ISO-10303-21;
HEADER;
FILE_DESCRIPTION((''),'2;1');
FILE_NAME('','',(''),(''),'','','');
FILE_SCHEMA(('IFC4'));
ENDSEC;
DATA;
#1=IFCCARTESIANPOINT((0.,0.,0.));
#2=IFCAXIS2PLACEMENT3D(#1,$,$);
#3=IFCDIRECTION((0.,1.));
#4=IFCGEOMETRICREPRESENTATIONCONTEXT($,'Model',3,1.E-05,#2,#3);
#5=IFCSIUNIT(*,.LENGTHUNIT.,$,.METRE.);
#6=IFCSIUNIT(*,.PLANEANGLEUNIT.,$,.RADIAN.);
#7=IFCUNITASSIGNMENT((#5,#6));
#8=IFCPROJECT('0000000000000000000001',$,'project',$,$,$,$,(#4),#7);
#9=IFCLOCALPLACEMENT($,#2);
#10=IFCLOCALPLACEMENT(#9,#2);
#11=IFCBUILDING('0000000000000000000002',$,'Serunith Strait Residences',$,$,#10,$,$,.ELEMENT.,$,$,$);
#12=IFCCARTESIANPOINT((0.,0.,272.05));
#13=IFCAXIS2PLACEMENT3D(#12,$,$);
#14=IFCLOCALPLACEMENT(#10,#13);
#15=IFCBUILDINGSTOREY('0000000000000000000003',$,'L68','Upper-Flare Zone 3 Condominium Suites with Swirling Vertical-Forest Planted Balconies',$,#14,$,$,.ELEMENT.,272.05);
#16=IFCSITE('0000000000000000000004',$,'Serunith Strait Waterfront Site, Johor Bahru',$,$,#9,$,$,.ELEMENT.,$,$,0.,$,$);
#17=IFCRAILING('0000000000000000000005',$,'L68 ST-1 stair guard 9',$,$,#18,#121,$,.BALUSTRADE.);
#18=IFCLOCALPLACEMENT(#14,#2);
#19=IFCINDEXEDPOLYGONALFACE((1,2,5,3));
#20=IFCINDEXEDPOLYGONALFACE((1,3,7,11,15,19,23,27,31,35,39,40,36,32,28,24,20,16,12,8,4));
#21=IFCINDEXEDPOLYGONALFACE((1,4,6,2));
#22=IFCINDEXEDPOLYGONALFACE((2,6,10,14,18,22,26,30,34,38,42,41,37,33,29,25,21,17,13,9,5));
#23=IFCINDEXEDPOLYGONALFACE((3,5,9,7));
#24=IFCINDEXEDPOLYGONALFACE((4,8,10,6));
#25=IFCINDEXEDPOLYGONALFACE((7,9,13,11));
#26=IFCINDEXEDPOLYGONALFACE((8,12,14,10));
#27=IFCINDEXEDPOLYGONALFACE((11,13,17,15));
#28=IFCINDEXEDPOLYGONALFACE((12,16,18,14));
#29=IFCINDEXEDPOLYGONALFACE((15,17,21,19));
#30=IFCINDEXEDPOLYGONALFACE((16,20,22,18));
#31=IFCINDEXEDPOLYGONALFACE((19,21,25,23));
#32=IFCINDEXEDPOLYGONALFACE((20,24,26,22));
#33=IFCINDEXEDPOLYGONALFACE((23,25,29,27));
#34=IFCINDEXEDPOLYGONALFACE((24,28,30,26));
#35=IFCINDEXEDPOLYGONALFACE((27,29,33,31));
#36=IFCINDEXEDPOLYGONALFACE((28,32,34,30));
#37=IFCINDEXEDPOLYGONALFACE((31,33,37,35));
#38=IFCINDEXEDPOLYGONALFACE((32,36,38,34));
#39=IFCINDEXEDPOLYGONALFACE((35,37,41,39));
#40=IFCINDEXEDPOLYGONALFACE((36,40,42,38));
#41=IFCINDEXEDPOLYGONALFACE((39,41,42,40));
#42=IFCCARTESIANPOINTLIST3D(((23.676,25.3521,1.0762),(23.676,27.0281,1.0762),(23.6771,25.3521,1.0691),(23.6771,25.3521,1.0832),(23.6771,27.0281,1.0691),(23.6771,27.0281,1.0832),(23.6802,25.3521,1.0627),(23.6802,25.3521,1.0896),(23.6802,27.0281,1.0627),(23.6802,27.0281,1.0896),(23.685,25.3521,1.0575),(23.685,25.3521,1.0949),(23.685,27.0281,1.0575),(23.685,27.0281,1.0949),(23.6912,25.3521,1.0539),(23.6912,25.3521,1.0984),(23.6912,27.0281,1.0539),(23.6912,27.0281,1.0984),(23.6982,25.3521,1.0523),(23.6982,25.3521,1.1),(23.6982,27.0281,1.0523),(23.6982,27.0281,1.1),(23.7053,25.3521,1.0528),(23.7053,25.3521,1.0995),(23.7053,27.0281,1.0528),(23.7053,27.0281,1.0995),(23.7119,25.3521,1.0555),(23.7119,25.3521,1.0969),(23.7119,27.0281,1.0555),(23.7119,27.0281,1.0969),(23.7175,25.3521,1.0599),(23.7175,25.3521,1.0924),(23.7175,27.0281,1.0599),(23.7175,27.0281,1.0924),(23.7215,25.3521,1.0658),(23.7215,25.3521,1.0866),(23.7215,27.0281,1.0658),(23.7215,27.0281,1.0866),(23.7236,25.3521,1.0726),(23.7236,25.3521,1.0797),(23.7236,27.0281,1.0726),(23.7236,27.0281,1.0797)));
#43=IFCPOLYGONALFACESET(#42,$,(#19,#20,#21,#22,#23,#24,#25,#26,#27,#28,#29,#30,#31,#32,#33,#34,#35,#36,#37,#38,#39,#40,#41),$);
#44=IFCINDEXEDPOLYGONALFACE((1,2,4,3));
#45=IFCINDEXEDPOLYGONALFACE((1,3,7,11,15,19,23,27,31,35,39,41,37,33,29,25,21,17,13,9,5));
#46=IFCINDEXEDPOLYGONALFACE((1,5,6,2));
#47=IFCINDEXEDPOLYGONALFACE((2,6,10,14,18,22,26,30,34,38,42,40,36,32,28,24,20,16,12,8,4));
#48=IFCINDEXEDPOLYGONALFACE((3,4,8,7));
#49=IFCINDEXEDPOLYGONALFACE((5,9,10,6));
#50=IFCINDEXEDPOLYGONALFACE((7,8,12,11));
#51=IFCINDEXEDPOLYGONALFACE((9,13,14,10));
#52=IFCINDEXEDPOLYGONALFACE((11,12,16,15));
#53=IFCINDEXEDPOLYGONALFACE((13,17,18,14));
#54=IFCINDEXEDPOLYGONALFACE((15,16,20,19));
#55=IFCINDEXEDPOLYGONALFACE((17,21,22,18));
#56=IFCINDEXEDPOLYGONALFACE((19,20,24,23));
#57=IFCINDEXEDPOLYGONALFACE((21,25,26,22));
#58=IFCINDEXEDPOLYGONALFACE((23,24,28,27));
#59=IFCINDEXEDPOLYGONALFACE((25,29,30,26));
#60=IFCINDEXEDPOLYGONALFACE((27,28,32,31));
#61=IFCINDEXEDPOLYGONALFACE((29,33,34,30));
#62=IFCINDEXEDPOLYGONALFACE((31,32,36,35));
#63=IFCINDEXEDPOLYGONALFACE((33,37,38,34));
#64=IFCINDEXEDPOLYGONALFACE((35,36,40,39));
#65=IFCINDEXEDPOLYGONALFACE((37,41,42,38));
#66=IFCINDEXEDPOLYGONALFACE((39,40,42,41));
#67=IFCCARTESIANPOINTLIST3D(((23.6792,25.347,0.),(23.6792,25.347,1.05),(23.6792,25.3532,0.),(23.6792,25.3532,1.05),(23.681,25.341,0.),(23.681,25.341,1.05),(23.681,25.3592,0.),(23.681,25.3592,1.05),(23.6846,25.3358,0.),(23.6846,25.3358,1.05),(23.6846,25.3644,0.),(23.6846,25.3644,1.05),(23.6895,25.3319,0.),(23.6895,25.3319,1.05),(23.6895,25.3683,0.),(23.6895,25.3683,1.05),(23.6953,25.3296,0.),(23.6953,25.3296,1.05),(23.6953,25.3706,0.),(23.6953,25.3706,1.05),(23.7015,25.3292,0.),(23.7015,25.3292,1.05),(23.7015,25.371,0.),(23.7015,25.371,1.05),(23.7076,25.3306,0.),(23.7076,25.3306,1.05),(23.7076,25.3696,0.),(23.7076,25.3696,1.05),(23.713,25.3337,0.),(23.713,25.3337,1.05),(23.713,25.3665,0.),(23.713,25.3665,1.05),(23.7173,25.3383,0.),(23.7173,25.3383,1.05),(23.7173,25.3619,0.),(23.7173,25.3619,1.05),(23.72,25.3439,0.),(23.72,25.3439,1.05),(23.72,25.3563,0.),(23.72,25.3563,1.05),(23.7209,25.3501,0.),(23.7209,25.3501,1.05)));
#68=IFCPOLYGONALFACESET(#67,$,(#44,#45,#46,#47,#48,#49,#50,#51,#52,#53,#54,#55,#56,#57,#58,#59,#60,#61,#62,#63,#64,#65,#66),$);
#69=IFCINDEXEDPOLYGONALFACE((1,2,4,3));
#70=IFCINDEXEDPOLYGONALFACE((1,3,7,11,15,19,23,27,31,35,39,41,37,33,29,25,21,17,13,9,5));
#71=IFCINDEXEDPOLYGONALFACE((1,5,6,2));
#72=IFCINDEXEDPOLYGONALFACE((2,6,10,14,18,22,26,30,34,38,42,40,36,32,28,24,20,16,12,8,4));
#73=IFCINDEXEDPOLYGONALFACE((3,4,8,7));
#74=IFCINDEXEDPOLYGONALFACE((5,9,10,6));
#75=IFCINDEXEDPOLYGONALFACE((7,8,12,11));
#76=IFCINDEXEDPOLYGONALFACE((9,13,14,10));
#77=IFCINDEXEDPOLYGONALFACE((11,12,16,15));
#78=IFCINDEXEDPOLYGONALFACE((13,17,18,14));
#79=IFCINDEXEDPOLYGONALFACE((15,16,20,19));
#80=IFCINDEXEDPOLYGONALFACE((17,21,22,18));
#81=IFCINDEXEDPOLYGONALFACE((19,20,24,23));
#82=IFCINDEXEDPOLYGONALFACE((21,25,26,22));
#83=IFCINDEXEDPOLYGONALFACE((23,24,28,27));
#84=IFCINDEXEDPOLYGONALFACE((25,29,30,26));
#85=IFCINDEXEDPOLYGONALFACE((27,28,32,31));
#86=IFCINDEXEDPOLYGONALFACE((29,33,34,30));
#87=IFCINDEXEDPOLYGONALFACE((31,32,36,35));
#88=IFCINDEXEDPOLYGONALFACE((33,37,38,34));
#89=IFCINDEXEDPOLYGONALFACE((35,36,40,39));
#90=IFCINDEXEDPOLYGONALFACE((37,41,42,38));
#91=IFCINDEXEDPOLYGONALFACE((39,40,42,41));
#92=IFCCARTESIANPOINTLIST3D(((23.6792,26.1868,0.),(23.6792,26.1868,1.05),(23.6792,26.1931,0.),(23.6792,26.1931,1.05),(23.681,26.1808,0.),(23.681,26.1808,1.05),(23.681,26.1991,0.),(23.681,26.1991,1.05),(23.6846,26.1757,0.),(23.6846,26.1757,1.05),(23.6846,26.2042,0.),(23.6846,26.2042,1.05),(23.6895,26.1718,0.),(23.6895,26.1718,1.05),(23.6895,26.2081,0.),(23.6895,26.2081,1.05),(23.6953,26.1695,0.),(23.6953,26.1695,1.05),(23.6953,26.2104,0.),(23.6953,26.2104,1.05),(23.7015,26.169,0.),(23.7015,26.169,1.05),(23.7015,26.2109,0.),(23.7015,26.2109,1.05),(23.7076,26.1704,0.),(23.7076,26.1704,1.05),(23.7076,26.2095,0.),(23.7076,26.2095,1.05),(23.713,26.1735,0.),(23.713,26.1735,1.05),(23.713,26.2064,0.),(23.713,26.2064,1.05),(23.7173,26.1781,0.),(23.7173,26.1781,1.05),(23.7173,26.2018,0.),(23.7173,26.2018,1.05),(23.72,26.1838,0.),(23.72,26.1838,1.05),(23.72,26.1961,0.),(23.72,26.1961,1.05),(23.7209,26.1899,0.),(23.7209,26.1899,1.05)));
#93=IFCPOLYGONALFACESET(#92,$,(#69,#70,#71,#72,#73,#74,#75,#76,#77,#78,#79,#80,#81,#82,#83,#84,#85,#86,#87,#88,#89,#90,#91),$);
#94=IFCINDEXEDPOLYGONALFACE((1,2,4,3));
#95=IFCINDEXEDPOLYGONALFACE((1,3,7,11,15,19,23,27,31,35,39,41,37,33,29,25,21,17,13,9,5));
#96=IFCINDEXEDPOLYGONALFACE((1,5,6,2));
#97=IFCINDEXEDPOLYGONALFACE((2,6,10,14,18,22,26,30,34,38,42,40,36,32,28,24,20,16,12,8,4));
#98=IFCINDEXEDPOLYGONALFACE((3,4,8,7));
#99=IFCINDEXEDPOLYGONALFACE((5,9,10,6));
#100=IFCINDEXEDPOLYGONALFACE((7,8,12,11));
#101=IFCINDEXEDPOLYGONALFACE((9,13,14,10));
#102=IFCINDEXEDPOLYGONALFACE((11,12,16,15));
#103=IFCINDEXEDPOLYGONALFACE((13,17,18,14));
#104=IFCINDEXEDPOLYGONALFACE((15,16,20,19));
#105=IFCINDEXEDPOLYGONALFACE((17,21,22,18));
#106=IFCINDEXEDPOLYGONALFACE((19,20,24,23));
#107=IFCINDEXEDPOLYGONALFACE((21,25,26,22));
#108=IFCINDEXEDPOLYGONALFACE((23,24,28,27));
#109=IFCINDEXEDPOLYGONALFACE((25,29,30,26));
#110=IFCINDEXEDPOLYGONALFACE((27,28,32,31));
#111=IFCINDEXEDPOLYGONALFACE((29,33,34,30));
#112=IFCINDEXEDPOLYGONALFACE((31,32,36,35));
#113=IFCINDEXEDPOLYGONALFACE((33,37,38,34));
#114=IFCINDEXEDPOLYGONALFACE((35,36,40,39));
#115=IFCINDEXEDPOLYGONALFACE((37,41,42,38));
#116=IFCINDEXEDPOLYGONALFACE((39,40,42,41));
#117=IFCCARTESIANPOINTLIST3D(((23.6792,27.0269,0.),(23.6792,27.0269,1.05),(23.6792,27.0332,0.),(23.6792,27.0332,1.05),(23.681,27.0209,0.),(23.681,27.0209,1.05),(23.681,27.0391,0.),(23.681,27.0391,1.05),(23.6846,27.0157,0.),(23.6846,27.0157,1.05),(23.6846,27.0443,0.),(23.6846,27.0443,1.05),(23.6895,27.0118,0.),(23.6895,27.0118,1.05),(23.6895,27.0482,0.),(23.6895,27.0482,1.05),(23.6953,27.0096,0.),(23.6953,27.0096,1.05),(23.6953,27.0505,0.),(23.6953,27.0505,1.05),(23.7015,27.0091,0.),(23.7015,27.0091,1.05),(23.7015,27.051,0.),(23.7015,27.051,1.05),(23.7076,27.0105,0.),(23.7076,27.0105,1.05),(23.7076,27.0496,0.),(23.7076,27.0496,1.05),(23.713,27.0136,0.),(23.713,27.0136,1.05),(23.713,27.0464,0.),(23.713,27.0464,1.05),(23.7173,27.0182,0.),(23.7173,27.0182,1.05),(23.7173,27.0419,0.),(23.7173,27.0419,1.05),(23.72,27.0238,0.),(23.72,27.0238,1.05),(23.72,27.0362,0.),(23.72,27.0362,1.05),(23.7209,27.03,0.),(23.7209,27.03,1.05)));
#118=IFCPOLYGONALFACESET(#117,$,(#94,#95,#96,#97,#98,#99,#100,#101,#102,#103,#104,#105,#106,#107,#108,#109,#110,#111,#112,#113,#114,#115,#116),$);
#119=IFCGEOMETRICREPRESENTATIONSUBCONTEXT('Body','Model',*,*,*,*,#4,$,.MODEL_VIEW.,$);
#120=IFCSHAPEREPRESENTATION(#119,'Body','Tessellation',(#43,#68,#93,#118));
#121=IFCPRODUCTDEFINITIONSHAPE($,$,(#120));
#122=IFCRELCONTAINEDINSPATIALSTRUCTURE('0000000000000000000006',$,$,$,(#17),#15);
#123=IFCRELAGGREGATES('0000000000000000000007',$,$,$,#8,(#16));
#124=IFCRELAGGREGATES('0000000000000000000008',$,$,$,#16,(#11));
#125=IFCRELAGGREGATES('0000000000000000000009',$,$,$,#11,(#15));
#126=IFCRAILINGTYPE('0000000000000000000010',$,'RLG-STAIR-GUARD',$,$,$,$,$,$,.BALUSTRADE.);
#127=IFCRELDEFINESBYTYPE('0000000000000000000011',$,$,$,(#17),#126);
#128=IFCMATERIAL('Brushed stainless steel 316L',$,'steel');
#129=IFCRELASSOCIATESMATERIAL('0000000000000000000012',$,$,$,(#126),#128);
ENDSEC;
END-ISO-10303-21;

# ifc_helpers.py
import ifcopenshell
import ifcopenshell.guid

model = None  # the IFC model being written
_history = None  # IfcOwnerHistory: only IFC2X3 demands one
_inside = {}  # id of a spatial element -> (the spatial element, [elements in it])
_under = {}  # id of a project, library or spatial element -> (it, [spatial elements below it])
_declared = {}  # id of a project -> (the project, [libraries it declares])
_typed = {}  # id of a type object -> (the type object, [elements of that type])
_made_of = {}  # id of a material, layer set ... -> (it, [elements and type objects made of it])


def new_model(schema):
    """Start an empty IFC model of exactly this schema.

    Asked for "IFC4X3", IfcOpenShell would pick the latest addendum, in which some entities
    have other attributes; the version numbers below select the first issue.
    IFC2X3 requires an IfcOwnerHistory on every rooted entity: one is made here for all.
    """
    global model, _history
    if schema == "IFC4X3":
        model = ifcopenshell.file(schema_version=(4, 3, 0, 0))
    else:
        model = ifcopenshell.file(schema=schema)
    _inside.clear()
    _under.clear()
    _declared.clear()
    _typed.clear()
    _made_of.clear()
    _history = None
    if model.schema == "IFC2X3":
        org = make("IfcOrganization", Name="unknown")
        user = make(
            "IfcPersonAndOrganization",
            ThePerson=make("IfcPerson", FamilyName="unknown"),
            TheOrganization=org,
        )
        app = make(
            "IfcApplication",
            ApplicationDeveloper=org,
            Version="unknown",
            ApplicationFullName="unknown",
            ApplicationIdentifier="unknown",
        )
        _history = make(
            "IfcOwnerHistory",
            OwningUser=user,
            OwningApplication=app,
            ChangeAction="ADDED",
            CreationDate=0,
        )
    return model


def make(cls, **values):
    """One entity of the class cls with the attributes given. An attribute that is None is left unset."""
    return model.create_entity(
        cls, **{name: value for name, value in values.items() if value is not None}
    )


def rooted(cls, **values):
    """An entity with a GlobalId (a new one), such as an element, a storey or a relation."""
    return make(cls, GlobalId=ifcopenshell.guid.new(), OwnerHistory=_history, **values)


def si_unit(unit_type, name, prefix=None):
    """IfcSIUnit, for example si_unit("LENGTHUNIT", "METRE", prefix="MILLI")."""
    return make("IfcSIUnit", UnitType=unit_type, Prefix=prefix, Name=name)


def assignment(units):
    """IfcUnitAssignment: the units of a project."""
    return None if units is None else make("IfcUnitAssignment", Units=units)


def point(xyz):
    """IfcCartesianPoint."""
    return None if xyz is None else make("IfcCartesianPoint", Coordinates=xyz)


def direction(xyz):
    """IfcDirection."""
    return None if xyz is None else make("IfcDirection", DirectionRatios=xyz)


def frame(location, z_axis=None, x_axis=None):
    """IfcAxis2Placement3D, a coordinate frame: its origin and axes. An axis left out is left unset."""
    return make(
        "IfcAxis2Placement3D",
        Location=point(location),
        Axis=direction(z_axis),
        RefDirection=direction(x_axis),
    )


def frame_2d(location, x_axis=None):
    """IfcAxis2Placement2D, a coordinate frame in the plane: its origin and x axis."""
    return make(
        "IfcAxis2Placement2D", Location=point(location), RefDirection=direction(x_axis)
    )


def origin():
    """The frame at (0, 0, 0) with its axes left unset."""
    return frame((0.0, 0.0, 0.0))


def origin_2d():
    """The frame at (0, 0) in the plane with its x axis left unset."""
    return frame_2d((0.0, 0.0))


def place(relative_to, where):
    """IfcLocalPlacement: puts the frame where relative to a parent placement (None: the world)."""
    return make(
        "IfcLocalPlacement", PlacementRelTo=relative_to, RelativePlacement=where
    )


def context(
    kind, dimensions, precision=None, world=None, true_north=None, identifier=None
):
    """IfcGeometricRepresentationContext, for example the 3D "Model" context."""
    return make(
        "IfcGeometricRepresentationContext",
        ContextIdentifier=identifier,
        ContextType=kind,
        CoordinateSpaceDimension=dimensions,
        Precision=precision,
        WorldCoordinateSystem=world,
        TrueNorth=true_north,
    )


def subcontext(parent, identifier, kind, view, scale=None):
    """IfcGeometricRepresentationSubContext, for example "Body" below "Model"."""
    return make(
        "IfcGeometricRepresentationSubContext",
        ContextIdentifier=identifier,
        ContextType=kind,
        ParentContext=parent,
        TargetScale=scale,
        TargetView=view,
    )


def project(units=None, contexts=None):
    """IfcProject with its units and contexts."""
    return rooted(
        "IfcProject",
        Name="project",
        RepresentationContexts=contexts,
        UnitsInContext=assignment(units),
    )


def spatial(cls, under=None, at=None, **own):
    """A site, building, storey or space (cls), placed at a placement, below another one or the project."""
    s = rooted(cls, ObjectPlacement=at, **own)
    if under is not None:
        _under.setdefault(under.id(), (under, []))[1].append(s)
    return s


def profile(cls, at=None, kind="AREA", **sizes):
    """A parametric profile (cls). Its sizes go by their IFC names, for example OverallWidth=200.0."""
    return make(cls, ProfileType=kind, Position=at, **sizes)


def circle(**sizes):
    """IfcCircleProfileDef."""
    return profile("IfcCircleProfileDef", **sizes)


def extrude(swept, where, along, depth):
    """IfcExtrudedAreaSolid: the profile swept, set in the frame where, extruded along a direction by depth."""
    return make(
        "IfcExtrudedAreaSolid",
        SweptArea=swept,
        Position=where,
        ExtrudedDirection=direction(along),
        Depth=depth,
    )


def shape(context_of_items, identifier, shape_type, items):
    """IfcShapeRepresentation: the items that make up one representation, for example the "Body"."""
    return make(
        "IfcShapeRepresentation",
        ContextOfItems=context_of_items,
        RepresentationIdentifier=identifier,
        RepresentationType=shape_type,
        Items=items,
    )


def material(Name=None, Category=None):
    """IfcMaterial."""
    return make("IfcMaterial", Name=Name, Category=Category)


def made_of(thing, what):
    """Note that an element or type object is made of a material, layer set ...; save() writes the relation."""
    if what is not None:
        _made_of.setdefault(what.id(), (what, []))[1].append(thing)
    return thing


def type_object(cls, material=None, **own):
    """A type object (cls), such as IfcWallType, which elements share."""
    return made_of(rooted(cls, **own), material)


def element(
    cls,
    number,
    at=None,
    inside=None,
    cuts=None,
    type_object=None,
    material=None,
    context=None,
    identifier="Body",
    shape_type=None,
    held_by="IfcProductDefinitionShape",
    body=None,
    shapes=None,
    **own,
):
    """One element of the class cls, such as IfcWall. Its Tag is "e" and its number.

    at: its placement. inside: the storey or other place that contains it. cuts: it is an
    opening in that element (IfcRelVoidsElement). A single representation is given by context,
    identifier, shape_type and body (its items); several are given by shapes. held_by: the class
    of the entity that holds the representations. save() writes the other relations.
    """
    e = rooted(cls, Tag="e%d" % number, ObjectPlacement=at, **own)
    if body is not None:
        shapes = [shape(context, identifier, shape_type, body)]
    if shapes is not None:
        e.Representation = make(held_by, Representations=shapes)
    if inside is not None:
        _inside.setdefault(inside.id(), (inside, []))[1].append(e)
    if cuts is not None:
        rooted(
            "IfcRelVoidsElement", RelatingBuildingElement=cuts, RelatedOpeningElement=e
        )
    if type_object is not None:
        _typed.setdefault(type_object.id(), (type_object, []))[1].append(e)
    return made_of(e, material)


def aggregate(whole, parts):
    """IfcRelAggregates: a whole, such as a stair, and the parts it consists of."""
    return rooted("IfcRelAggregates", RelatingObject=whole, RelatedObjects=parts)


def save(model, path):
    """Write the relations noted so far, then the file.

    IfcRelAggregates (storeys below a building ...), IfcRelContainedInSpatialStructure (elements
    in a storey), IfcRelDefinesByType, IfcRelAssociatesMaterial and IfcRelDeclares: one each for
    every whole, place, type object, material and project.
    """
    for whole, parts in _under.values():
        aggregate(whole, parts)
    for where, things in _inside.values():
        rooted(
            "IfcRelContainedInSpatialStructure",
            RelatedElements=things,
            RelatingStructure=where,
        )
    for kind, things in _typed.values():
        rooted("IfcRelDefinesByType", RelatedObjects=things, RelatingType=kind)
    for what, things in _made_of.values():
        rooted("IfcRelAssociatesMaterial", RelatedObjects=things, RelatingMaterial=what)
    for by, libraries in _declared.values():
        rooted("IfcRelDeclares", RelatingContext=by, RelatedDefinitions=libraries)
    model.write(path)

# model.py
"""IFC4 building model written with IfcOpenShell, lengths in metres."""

from ifc_helpers import new_model, si_unit, direction, frame, origin, origin_2d, place, context, subcontext, project, spatial, circle, extrude, material, type_object, element, save


model = new_model("IFC4")

# Units and contexts
model_context = context("Model", 3, precision=1e-05, world=origin(), true_north=direction((0.0, 1.0)))
body_context = subcontext(model_context, "Body", "Model", "MODEL_VIEW")
ifc_project = project(units=[si_unit("LENGTHUNIT", "METRE"), si_unit("PLANEANGLEUNIT", "RADIAN")], contexts=[model_context])

# Site, building, storey
site_placement = place(None, origin())
site = spatial("IfcSite", under=ifc_project, at=site_placement, Name="Serunith Strait Waterfront Site, Johor Bahru", CompositionType="ELEMENT", RefElevation=0.0)
building_placement = place(site_placement, origin())
building = spatial("IfcBuilding", under=site, at=building_placement, Name="Serunith Strait Residences", CompositionType="ELEMENT")
storey_placement = place(building_placement, frame((0.0, 0.0, 272.05)))
storey = spatial("IfcBuildingStorey", under=building, at=storey_placement, Name="L68", Description="Upper-Flare Zone 3 Condominium Suites with Swirling Vertical-Forest Planted Balconies", CompositionType="ELEMENT", Elevation=272.05)

# Railing
ifc_material_1 = material(Name="Brushed stainless steel 316L", Category="steel")
railing_type_1 = type_object("IfcRailingType", Name="RLG-STAIR-GUARD", PredefinedType="BALUSTRADE", material=ifc_material_1)
for number, where, name in (
    (1, (23.7, 25.3501, 0.0), "L68 ST-1 stair guard 9"),
):
    element("IfcRailing", number, at=place(storey_placement, frame(where)), inside=storey, type_object=railing_type_1, Name=name, PredefinedType="BALUSTRADE", context=body_context, shape_type="SweptSolid", body=[
        extrude(circle(Radius=0.0239, at=origin_2d()), frame((0.0, 0.002, 1.0762), z_axis=(0.0, 1.0, 0.0), x_axis=(-1.0, 0.0, 0.0)), (0.0, 0.0, 1.0), 1.676),
        extrude(circle(Radius=0.021, at=origin_2d()), origin(), (0.0, 0.0, 1.0), 1.05),
        extrude(circle(Radius=0.021, at=origin_2d()), frame((0.0, 0.8398, 0.0)), (0.0, 0.0, 1.0), 1.05),
        extrude(circle(Radius=0.021, at=origin_2d()), frame((0.0, 1.6799, 0.0)), (0.0, 0.0, 1.0), 1.05),
    ])

save(model, "model.ifc")
